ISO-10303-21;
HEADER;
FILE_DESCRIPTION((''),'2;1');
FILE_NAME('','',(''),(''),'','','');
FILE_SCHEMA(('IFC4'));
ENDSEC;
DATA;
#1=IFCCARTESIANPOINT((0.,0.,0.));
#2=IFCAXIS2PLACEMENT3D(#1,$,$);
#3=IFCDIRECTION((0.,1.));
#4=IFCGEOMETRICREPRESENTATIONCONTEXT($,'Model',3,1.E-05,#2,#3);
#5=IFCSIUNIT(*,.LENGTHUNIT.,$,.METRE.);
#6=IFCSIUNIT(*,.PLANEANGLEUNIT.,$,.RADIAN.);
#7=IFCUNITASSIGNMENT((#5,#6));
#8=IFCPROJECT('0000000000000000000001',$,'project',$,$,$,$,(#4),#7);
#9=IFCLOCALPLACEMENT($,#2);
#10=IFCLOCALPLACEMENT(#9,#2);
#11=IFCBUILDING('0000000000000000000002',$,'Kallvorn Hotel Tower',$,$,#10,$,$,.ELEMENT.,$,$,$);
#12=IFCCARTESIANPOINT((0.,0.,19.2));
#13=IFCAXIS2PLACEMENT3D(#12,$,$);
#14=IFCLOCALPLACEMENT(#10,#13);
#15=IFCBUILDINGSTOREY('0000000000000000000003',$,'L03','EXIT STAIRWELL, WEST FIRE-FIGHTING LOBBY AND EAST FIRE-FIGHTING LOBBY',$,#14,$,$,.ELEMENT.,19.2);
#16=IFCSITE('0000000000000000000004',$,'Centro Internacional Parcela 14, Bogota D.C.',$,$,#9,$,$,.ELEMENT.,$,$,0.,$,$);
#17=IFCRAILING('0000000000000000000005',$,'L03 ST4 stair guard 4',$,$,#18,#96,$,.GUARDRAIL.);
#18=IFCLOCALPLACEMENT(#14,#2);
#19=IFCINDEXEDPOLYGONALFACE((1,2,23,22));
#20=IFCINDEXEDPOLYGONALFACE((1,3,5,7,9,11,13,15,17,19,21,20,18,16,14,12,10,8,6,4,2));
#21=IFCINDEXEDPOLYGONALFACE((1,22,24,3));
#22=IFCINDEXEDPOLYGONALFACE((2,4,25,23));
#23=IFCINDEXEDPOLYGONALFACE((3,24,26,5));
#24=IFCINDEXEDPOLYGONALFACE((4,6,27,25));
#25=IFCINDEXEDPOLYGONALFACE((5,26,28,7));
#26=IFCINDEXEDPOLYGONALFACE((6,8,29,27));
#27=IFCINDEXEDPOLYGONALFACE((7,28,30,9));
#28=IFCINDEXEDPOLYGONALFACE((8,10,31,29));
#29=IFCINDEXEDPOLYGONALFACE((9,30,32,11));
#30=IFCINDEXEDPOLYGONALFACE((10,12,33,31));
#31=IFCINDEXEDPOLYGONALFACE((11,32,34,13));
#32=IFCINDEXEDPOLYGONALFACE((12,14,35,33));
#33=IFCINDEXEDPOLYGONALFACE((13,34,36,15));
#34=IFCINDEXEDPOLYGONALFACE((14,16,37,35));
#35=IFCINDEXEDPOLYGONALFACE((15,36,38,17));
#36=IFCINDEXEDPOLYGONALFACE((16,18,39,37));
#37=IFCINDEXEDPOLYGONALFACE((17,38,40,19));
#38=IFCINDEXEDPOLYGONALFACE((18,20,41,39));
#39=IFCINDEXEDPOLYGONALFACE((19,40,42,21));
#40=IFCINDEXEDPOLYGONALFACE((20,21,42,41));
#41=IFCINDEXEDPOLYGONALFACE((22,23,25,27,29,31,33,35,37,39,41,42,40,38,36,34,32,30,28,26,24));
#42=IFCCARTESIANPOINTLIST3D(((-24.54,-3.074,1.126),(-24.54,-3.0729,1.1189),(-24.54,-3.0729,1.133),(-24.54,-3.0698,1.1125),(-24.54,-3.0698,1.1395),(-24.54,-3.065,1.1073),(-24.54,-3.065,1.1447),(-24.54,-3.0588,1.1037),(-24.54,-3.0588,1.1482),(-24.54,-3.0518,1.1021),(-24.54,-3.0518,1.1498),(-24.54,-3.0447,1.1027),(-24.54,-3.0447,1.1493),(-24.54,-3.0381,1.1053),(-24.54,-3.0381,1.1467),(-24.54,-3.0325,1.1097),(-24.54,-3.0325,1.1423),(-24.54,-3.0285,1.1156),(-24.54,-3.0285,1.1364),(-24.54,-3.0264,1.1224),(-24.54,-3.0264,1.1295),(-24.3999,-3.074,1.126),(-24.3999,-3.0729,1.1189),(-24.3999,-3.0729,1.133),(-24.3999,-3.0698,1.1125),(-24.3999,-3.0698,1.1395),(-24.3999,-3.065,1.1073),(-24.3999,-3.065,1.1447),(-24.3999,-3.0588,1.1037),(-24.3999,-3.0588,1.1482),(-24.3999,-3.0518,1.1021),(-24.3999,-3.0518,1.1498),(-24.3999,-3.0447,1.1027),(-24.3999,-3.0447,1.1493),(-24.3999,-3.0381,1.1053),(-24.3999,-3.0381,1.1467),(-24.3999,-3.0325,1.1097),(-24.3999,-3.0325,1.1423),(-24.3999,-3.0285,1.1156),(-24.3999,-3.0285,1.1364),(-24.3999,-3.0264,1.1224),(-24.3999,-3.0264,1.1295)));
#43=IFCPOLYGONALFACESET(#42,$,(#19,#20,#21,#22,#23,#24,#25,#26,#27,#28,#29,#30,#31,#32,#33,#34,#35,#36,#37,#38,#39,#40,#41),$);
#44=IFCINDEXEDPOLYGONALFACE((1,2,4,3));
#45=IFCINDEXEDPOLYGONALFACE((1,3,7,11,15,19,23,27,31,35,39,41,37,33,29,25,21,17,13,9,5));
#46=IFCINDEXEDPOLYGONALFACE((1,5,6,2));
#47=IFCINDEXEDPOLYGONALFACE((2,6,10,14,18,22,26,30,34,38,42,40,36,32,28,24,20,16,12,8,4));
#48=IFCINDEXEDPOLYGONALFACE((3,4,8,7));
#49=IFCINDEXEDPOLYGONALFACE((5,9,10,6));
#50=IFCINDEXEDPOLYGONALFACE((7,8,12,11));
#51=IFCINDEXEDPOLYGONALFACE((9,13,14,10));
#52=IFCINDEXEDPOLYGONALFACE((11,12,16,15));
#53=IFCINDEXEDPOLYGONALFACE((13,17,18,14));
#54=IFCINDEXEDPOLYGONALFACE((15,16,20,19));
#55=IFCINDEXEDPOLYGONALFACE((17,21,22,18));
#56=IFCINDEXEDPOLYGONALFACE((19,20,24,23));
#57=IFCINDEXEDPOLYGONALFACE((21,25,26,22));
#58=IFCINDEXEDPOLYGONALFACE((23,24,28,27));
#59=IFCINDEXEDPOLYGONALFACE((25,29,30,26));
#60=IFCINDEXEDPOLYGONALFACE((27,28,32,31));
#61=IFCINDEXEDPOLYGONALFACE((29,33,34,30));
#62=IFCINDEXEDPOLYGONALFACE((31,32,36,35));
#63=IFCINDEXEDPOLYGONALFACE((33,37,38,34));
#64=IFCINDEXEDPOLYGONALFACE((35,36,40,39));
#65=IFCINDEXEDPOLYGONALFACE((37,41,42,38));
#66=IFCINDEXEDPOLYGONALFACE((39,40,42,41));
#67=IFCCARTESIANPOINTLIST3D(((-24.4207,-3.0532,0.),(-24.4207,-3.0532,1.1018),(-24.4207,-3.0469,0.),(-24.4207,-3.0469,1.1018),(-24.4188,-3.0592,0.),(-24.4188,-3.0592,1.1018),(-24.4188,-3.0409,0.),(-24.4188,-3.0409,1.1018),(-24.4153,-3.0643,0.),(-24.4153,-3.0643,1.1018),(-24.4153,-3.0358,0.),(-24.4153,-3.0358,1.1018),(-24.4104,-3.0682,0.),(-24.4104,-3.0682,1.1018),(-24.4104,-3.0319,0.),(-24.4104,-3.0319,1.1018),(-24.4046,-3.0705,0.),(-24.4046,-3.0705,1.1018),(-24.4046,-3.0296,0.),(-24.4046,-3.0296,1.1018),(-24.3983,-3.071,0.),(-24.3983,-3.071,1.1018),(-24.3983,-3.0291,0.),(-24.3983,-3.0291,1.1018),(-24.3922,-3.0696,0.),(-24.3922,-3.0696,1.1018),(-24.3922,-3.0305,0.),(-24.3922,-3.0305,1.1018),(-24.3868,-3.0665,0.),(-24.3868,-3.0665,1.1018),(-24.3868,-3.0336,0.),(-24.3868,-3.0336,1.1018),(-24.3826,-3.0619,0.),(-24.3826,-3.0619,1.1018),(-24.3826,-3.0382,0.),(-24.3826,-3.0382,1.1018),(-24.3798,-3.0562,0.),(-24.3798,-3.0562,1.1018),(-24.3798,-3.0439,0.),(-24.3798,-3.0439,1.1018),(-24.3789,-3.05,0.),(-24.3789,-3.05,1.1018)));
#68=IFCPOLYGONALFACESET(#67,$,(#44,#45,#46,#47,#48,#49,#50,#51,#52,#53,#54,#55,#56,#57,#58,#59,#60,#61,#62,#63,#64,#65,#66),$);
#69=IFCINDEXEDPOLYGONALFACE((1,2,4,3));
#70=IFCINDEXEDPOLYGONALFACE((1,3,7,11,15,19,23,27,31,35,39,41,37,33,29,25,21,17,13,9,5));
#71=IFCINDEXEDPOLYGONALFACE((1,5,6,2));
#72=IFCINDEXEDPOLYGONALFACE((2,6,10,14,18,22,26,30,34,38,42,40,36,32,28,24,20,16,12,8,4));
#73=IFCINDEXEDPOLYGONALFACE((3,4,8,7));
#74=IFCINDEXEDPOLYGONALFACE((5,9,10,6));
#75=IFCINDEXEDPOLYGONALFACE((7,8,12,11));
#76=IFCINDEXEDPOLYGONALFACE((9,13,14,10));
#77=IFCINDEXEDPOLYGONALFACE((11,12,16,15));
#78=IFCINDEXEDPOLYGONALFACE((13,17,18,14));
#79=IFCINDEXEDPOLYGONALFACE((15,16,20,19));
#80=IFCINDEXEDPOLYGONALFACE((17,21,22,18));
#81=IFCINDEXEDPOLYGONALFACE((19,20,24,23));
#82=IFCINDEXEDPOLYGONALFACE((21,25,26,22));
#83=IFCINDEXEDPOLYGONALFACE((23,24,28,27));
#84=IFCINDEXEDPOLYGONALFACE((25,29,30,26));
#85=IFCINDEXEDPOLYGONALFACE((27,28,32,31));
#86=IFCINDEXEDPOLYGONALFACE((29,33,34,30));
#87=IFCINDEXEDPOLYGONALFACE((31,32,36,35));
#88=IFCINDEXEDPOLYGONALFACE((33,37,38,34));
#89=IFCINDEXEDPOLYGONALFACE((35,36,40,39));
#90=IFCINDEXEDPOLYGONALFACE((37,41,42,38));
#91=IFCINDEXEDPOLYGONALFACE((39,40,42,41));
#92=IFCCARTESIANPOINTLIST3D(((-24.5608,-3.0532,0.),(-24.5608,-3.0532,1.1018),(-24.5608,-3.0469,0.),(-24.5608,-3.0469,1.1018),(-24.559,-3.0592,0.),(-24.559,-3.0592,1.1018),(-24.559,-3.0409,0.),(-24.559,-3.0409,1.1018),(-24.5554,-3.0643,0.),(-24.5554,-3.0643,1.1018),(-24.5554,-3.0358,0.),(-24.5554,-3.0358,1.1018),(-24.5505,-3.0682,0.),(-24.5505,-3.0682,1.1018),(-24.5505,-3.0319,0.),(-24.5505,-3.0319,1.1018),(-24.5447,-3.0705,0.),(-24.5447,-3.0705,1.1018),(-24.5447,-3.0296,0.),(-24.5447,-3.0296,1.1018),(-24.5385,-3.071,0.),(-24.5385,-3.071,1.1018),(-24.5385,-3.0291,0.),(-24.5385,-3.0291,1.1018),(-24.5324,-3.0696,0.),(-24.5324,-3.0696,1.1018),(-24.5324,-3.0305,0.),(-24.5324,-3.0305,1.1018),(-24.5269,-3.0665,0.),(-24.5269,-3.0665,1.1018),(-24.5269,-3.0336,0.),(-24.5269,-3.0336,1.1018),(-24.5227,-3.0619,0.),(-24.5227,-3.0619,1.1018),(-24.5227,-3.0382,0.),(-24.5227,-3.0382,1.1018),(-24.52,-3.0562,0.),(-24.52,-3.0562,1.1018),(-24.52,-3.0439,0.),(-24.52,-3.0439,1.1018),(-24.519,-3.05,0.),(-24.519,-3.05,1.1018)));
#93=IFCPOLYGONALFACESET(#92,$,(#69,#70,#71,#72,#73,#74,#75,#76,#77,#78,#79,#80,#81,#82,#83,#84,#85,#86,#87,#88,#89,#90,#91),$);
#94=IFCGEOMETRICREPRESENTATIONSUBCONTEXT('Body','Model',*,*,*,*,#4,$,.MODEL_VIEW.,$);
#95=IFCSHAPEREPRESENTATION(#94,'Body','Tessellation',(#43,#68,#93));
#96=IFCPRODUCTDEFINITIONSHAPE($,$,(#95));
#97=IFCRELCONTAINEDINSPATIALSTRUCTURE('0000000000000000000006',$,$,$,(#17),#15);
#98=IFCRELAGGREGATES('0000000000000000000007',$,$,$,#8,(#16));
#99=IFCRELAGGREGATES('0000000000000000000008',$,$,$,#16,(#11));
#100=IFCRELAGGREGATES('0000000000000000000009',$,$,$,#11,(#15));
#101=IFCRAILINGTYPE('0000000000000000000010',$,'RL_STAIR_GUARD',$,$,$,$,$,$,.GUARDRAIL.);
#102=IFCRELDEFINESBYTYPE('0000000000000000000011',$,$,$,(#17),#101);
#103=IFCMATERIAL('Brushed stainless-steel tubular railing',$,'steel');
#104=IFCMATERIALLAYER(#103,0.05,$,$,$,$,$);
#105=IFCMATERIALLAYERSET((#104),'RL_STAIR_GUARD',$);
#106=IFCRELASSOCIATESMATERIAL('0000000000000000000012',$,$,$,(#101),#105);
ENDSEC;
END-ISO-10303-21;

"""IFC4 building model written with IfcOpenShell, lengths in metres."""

from ifc_helpers import new_model, si_unit, direction, frame, origin, origin_2d, place, context, subcontext, project, spatial, circle, extrude, material, layer, layer_set, type_object, element, save


model = new_model("IFC4")

# Units and contexts
model_context = context("Model", 3, precision=1e-05, world=origin(), true_north=direction((0.0, 1.0)))
body_context = subcontext(model_context, "Body", "Model", "MODEL_VIEW")
ifc_project = project(units=[si_unit("LENGTHUNIT", "METRE"), si_unit("PLANEANGLEUNIT", "RADIAN")], contexts=[model_context])

# Site, building, storey
site_placement = place(None, origin())
site = spatial("IfcSite", under=ifc_project, at=site_placement, Name="Centro Internacional Parcela 14, Bogota D.C.", CompositionType="ELEMENT", RefElevation=0.0)
building_placement = place(site_placement, origin())
building = spatial("IfcBuilding", under=site, at=building_placement, Name="Kallvorn Hotel Tower", CompositionType="ELEMENT")
storey_placement = place(building_placement, frame((0.0, 0.0, 19.2)))
storey = spatial("IfcBuildingStorey", under=building, at=storey_placement, Name="L03", Description="EXIT STAIRWELL, WEST FIRE-FIGHTING LOBBY AND EAST FIRE-FIGHTING LOBBY", CompositionType="ELEMENT", Elevation=19.2)

# Railing
ifc_material_1 = material(Name="Brushed stainless-steel tubular railing", Category="steel")
ifc_layer_1 = layer(ifc_material_1, 0.05)
ifc_layer_set_1 = layer_set([ifc_layer_1], Name="RL_STAIR_GUARD")
railing_type_1 = type_object("IfcRailingType", Name="RL_STAIR_GUARD", PredefinedType="GUARDRAIL", material=ifc_layer_set_1)
railing_1_placement = place(storey_placement, frame((-24.3999, -3.05, 0.0)))
element("IfcRailing", 1, at=railing_1_placement, inside=storey, type_object=railing_type_1, Name="L03 ST4 stair guard 4", PredefinedType="GUARDRAIL", context=body_context, shape_type="SweptSolid", body=[
    extrude(circle(Radius=0.0239, at=origin_2d()), frame((0.0, 0.0, 1.126), z_axis=(-1.0, 0.0, 0.0), x_axis=(0.0, -1.0, 0.0)), (0.0, 0.0, 1.0), 0.1401),
    extrude(circle(Radius=0.021, at=origin_2d()), origin(), (0.0, 0.0, 1.0), 1.1018),
    extrude(circle(Radius=0.021, at=origin_2d()), frame((-0.1401, 0.0, 0.0)), (0.0, 0.0, 1.0), 1.1018),
])

save(model, "model.ifc")
